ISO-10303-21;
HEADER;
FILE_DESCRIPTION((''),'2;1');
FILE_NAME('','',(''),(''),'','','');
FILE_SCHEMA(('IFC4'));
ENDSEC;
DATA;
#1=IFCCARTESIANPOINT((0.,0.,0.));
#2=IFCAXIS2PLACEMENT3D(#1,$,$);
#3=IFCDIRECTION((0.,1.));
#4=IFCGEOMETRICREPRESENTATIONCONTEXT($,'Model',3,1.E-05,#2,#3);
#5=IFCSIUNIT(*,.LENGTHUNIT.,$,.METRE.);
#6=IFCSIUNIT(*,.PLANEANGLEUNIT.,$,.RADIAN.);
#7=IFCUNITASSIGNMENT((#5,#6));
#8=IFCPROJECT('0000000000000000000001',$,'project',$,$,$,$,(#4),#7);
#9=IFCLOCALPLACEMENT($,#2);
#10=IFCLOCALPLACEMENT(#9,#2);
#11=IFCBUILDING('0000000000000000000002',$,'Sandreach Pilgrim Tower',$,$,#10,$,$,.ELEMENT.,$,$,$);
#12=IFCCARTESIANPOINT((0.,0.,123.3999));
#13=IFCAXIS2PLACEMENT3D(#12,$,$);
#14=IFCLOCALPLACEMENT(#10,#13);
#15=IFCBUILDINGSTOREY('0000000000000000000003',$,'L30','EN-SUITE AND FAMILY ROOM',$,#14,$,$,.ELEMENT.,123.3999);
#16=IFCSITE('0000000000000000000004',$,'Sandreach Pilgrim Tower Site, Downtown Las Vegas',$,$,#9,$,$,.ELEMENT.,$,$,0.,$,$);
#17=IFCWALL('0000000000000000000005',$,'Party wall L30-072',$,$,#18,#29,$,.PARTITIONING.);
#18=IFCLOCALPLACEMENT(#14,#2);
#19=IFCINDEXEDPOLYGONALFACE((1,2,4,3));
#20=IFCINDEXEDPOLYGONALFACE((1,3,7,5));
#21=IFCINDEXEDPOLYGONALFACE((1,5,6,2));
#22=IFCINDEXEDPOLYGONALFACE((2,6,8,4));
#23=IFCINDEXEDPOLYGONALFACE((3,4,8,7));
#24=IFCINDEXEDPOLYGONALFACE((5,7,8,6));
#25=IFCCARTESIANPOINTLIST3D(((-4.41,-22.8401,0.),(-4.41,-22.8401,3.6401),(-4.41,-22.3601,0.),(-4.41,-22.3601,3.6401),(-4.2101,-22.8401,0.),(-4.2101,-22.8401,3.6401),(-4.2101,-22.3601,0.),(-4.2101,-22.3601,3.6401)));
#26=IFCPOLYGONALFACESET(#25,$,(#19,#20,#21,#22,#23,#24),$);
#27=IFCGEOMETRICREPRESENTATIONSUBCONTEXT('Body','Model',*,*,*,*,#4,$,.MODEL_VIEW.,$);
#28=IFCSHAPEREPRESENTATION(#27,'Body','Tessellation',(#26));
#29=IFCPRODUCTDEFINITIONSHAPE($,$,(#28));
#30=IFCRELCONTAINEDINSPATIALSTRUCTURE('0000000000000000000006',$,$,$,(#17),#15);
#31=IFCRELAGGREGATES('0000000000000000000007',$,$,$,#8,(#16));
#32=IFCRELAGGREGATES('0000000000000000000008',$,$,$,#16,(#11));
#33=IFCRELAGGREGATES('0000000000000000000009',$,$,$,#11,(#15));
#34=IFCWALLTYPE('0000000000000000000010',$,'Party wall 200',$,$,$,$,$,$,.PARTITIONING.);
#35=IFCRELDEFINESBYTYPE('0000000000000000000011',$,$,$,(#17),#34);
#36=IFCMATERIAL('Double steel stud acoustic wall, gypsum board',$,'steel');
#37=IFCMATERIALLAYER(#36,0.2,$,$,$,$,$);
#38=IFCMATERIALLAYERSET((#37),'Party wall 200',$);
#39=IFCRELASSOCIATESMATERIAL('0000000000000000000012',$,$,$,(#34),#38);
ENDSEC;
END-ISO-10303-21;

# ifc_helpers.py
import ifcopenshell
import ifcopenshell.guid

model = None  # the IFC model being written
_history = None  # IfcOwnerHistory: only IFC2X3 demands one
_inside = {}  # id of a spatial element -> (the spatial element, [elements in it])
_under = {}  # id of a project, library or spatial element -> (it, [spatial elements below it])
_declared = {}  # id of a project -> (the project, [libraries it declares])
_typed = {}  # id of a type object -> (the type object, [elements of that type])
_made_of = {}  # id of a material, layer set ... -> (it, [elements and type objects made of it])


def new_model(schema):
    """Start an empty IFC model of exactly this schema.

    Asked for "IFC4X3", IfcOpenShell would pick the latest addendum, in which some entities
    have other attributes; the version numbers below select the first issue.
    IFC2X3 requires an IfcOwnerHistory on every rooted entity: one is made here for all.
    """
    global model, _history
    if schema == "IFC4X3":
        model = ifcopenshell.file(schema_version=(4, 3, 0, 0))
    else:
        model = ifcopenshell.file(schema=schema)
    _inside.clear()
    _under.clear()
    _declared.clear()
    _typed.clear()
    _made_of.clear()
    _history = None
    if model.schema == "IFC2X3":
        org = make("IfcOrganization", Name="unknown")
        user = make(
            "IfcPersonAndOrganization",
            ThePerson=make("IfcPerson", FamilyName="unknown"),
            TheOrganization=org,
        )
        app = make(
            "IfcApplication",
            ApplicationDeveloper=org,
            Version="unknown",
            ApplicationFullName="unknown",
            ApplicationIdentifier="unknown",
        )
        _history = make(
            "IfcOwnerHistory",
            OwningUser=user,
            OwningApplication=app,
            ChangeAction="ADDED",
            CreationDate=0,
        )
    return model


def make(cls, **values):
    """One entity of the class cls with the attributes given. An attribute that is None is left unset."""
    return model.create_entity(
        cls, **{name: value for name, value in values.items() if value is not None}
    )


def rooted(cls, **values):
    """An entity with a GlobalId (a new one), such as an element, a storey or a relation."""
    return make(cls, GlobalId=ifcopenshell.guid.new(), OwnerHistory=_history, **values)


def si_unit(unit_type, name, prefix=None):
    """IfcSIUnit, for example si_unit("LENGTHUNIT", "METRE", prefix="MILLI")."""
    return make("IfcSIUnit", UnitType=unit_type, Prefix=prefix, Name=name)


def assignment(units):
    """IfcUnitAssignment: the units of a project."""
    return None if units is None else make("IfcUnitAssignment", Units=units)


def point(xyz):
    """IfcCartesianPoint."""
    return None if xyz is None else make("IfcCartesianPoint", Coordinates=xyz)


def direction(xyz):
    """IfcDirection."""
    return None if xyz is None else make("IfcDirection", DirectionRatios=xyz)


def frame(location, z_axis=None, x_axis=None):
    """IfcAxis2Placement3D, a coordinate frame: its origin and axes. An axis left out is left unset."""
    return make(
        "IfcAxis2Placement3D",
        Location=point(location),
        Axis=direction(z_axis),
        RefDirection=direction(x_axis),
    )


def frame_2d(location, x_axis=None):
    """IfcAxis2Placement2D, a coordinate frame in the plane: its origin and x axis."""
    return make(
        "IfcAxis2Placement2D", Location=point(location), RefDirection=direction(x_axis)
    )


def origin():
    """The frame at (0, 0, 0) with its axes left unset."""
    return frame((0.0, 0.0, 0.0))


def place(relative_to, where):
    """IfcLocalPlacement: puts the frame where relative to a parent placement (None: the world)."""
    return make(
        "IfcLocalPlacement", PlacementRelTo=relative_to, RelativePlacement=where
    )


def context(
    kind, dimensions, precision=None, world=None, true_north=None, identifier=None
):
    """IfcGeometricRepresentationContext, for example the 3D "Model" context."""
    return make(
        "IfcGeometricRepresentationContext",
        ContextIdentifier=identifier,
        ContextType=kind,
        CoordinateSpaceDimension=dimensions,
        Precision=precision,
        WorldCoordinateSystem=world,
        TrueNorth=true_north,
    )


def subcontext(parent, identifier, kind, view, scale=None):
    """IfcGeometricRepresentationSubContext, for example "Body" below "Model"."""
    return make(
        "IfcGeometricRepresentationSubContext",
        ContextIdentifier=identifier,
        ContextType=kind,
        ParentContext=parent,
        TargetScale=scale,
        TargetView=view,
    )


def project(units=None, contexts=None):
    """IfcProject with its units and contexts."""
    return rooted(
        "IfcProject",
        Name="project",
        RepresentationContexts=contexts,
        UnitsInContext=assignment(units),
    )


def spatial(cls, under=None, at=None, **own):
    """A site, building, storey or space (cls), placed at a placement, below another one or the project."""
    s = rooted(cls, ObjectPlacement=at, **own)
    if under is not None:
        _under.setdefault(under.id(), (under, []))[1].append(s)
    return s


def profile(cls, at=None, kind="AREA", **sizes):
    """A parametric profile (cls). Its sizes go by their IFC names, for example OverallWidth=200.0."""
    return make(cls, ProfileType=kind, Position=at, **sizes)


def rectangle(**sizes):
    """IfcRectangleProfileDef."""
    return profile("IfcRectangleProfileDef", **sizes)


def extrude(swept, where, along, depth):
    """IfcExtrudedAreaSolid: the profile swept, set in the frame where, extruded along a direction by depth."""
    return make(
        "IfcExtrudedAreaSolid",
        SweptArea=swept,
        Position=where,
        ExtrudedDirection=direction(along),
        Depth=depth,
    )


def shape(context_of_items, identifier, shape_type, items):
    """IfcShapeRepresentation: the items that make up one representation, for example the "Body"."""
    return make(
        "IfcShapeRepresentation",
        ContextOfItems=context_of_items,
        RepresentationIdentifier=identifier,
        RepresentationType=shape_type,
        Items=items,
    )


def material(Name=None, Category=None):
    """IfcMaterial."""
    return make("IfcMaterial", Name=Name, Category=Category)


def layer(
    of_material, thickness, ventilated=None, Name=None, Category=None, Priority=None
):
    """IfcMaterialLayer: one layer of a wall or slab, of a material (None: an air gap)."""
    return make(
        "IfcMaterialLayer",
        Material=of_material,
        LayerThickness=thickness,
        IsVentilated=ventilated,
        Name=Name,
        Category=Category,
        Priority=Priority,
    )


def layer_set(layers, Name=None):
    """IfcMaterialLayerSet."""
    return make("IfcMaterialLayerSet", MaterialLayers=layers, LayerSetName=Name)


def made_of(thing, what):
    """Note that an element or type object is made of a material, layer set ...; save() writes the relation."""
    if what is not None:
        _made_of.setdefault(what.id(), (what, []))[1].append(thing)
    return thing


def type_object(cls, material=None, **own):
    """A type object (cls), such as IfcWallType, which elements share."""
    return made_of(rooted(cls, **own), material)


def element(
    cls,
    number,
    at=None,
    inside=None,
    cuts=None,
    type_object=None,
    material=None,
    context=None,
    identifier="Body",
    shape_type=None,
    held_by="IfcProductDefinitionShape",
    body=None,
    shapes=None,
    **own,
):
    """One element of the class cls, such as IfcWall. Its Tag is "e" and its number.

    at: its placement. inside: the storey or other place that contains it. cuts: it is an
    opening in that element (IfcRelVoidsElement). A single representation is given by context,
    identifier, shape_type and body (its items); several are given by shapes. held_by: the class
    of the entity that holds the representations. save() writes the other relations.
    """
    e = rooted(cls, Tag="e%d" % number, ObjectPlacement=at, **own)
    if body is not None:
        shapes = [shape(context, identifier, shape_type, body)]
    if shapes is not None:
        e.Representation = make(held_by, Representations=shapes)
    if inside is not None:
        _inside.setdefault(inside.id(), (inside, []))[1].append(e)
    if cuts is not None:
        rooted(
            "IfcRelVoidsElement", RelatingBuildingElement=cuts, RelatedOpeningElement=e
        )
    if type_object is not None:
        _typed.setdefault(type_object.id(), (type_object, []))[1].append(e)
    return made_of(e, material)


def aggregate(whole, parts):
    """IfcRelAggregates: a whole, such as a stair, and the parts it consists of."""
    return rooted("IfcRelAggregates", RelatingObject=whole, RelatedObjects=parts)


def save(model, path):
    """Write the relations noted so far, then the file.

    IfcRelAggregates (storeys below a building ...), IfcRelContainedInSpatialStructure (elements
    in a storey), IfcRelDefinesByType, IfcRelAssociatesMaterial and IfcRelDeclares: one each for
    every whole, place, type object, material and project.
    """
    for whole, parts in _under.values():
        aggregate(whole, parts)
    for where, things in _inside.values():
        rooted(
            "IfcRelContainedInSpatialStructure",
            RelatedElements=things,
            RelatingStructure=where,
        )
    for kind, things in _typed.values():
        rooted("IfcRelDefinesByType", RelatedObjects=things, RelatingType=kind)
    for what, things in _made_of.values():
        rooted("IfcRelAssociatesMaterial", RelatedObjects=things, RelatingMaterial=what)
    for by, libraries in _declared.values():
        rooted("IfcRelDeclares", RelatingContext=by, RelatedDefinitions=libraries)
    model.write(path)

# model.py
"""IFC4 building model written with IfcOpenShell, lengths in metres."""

from ifc_helpers import new_model, si_unit, direction, frame, frame_2d, origin, place, context, subcontext, project, spatial, rectangle, extrude, material, layer, layer_set, type_object, element, save


model = new_model("IFC4")

# Units and contexts
model_context = context("Model", 3, precision=1e-05, world=origin(), true_north=direction((0.0, 1.0)))
body_context = subcontext(model_context, "Body", "Model", "MODEL_VIEW")
ifc_project = project(units=[si_unit("LENGTHUNIT", "METRE"), si_unit("PLANEANGLEUNIT", "RADIAN")], contexts=[model_context])

# Site, building, storey
site_placement = place(None, origin())
site = spatial("IfcSite", under=ifc_project, at=site_placement, Name="Sandreach Pilgrim Tower Site, Downtown Las Vegas", CompositionType="ELEMENT", RefElevation=0.0)
building_placement = place(site_placement, origin())
building = spatial("IfcBuilding", under=site, at=building_placement, Name="Sandreach Pilgrim Tower", CompositionType="ELEMENT")
storey_placement = place(building_placement, frame((0.0, 0.0, 123.3999)))
storey = spatial("IfcBuildingStorey", under=building, at=storey_placement, Name="L30", Description="EN-SUITE AND FAMILY ROOM", CompositionType="ELEMENT", Elevation=123.3999)

# Wall
ifc_material_1 = material(Name="Double steel stud acoustic wall, gypsum board", Category="steel")
ifc_layer_1 = layer(ifc_material_1, 0.2)
ifc_layer_set_1 = layer_set([ifc_layer_1], Name="Party wall 200")
wall_type_1 = type_object("IfcWallType", Name="Party wall 200", PredefinedType="PARTITIONING", material=ifc_layer_set_1)
wall_1_placement = place(storey_placement, frame((-4.3101, -22.8401, 0.0), z_axis=(0.0, 0.0, 1.0), x_axis=(0.0, 1.0, 0.0)))
element("IfcWall", 1, at=wall_1_placement, inside=storey, type_object=wall_type_1, Name="Party wall L30-072", PredefinedType="PARTITIONING", context=body_context, shape_type="SweptSolid", body=[
    extrude(rectangle(XDim=0.48, YDim=0.2, at=frame_2d((0.24, 0.0))), origin(), (0.0, 0.0, 1.0), 3.6401),
])

save(model, "model.ifc")
